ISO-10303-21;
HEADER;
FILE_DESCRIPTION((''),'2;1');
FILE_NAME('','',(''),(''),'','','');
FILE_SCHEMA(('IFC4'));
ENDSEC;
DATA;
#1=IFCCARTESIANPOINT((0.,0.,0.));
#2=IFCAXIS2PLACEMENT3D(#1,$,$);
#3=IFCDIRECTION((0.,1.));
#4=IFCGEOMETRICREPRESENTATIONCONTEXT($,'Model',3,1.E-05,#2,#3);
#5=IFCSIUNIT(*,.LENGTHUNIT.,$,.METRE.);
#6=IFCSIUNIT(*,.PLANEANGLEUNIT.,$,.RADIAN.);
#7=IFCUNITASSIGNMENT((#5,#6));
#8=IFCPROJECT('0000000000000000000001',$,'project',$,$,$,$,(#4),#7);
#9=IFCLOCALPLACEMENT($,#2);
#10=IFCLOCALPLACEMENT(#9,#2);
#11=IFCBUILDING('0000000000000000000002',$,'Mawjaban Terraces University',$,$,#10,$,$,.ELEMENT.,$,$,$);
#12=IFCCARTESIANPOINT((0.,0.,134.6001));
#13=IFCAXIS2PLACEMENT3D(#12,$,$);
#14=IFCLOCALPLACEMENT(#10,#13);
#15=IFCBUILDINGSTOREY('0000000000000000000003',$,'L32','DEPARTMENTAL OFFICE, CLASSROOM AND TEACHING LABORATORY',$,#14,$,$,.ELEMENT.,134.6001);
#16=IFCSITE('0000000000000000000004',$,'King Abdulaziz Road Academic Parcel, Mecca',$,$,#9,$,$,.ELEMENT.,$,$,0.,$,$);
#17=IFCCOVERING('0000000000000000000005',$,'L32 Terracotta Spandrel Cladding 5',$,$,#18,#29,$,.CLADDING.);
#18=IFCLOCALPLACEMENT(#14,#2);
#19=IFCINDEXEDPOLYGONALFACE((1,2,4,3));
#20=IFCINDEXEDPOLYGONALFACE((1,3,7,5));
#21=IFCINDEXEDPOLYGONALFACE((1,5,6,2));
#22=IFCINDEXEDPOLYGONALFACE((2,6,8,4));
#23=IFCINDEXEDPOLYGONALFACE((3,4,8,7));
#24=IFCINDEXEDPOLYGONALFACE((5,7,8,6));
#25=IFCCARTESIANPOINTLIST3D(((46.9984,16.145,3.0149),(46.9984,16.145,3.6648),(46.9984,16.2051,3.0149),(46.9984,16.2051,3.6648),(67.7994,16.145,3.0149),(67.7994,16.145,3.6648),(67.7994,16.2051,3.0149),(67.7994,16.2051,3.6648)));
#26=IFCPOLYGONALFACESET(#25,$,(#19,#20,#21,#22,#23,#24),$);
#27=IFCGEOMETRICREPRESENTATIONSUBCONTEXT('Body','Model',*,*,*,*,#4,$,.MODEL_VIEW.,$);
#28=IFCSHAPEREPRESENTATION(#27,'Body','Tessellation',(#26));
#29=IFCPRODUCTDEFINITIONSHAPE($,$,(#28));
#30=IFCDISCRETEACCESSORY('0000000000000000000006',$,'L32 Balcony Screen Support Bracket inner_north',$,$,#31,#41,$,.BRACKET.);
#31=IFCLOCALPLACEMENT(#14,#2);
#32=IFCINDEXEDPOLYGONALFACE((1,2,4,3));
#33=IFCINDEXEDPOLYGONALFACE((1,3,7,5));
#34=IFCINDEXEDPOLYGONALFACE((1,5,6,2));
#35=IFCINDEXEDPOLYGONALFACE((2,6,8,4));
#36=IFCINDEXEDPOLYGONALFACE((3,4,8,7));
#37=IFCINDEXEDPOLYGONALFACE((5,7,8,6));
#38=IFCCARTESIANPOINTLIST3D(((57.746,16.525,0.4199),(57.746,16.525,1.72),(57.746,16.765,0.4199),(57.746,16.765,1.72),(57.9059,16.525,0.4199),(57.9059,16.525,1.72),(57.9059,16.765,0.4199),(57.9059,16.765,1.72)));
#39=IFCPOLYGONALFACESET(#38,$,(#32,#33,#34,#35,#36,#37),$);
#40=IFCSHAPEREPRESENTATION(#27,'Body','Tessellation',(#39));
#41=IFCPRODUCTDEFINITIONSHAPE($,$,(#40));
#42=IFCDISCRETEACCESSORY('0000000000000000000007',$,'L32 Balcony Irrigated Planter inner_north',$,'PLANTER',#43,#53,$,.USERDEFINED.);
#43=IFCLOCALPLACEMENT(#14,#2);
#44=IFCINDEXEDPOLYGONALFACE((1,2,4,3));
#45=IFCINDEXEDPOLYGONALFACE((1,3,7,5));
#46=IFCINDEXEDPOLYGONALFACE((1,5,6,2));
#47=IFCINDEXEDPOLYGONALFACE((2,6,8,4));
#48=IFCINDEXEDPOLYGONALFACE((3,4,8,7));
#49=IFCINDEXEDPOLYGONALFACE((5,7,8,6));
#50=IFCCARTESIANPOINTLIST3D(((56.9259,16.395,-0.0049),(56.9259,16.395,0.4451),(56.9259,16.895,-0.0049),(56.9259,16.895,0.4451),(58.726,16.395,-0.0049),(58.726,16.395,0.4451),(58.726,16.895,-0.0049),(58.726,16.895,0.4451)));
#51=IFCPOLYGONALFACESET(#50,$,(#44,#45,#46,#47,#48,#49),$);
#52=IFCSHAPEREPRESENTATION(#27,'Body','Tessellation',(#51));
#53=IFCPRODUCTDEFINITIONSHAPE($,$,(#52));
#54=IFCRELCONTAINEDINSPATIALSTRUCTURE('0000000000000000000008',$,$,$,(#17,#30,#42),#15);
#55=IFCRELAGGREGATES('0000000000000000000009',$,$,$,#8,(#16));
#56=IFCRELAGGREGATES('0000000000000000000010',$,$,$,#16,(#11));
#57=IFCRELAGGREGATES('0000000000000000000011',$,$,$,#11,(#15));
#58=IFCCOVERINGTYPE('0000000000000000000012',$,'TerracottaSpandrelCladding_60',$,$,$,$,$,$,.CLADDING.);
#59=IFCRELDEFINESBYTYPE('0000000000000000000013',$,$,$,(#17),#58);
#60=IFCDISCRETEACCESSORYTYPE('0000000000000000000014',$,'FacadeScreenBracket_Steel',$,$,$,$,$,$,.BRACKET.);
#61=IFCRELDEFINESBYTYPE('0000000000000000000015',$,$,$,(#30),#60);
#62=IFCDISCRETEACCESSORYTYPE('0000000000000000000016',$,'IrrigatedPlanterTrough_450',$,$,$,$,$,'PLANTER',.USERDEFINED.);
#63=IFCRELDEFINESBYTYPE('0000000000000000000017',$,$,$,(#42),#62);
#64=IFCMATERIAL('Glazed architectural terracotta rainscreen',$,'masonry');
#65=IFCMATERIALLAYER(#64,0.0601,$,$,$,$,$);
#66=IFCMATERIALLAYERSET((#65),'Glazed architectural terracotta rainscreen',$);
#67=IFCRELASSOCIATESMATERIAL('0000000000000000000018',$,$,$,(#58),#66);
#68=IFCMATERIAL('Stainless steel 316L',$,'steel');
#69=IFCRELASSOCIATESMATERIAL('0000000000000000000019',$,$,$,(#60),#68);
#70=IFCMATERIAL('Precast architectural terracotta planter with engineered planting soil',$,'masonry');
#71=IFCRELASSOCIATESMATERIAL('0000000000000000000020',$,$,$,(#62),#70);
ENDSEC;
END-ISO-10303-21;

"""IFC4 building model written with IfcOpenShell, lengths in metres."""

from ifc_helpers import new_model, si_unit, direction, frame, origin, origin_2d, place, context, subcontext, project, spatial, rectangle, extrude, material, layer, layer_set, type_object, element, save


model = new_model("IFC4")

# Units and contexts
model_context = context("Model", 3, precision=1e-05, world=origin(), true_north=direction((0.0, 1.0)))
body_context = subcontext(model_context, "Body", "Model", "MODEL_VIEW")
ifc_project = project(units=[si_unit("LENGTHUNIT", "METRE"), si_unit("PLANEANGLEUNIT", "RADIAN")], contexts=[model_context])

# Site, building, storey
site_placement = place(None, origin())
site = spatial("IfcSite", under=ifc_project, at=site_placement, Name="King Abdulaziz Road Academic Parcel, Mecca", CompositionType="ELEMENT", RefElevation=0.0)
building_placement = place(site_placement, origin())
building = spatial("IfcBuilding", under=site, at=building_placement, Name="Mawjaban Terraces University", CompositionType="ELEMENT")
storey_placement = place(building_placement, frame((0.0, 0.0, 134.6001)))
storey = spatial("IfcBuildingStorey", under=building, at=storey_placement, Name="L32", Description="DEPARTMENTAL OFFICE, CLASSROOM AND TEACHING LABORATORY", CompositionType="ELEMENT", Elevation=134.6001)

# Covering
ifc_material_1 = material(Name="Glazed architectural terracotta rainscreen", Category="masonry")
ifc_layer_1 = layer(ifc_material_1, 0.0601)
ifc_layer_set_1 = layer_set([ifc_layer_1], Name="Glazed architectural terracotta rainscreen")
covering_type = type_object("IfcCoveringType", Name="TerracottaSpandrelCladding_60", PredefinedType="CLADDING", material=ifc_layer_set_1)
covering_placement = place(storey_placement, frame((57.3989, 16.175, 3.0149), z_axis=(0.0, 0.0, 1.0), x_axis=(-1.0, 0.0, 0.0)))
element("IfcCovering", 1, at=covering_placement, inside=storey, type_object=covering_type, Name="L32 Terracotta Spandrel Cladding 5", PredefinedType="CLADDING", context=body_context, shape_type="SweptSolid", body=[
    extrude(rectangle(XDim=20.801, YDim=0.0601, at=origin_2d()), origin(), (0.0, 0.0, 1.0), 0.6499),
])

# Discrete accessories
ifc_material_2 = material(Name="Stainless steel 316L", Category="steel")
discrete_accessory_type_1 = type_object("IfcDiscreteAccessoryType", Name="FacadeScreenBracket_Steel", PredefinedType="BRACKET", material=ifc_material_2)
discrete_accessory_1_placement = place(storey_placement, frame((57.8259, 16.645, 0.4199), z_axis=(0.0, 0.0, 1.0), x_axis=(1.0, 0.0, 0.0)))
element("IfcDiscreteAccessory", 2, at=discrete_accessory_1_placement, inside=storey, type_object=discrete_accessory_type_1, Name="L32 Balcony Screen Support Bracket inner_north", PredefinedType="BRACKET", context=body_context, shape_type="SweptSolid", body=[
    extrude(rectangle(XDim=0.1599, YDim=0.24, at=origin_2d()), origin(), (0.0, 0.0, 1.0), 1.3),
])
ifc_material_3 = material(Name="Precast architectural terracotta planter with engineered planting soil", Category="masonry")
discrete_accessory_type_2 = type_object("IfcDiscreteAccessoryType", Name="IrrigatedPlanterTrough_450", ElementType="PLANTER", PredefinedType="USERDEFINED", material=ifc_material_3)
discrete_accessory_2_placement = place(storey_placement, frame((57.8259, 16.645, -0.0049), z_axis=(0.0, 0.0, 1.0), x_axis=(1.0, 0.0, 0.0)))
element("IfcDiscreteAccessory", 3, at=discrete_accessory_2_placement, inside=storey, type_object=discrete_accessory_type_2, Name="L32 Balcony Irrigated Planter inner_north", ObjectType="PLANTER", PredefinedType="USERDEFINED", context=body_context, shape_type="SweptSolid", body=[
    extrude(rectangle(XDim=1.8, YDim=0.5, at=origin_2d()), origin(), (0.0, 0.0, 1.0), 0.45),
])

save(model, "model.ifc")
